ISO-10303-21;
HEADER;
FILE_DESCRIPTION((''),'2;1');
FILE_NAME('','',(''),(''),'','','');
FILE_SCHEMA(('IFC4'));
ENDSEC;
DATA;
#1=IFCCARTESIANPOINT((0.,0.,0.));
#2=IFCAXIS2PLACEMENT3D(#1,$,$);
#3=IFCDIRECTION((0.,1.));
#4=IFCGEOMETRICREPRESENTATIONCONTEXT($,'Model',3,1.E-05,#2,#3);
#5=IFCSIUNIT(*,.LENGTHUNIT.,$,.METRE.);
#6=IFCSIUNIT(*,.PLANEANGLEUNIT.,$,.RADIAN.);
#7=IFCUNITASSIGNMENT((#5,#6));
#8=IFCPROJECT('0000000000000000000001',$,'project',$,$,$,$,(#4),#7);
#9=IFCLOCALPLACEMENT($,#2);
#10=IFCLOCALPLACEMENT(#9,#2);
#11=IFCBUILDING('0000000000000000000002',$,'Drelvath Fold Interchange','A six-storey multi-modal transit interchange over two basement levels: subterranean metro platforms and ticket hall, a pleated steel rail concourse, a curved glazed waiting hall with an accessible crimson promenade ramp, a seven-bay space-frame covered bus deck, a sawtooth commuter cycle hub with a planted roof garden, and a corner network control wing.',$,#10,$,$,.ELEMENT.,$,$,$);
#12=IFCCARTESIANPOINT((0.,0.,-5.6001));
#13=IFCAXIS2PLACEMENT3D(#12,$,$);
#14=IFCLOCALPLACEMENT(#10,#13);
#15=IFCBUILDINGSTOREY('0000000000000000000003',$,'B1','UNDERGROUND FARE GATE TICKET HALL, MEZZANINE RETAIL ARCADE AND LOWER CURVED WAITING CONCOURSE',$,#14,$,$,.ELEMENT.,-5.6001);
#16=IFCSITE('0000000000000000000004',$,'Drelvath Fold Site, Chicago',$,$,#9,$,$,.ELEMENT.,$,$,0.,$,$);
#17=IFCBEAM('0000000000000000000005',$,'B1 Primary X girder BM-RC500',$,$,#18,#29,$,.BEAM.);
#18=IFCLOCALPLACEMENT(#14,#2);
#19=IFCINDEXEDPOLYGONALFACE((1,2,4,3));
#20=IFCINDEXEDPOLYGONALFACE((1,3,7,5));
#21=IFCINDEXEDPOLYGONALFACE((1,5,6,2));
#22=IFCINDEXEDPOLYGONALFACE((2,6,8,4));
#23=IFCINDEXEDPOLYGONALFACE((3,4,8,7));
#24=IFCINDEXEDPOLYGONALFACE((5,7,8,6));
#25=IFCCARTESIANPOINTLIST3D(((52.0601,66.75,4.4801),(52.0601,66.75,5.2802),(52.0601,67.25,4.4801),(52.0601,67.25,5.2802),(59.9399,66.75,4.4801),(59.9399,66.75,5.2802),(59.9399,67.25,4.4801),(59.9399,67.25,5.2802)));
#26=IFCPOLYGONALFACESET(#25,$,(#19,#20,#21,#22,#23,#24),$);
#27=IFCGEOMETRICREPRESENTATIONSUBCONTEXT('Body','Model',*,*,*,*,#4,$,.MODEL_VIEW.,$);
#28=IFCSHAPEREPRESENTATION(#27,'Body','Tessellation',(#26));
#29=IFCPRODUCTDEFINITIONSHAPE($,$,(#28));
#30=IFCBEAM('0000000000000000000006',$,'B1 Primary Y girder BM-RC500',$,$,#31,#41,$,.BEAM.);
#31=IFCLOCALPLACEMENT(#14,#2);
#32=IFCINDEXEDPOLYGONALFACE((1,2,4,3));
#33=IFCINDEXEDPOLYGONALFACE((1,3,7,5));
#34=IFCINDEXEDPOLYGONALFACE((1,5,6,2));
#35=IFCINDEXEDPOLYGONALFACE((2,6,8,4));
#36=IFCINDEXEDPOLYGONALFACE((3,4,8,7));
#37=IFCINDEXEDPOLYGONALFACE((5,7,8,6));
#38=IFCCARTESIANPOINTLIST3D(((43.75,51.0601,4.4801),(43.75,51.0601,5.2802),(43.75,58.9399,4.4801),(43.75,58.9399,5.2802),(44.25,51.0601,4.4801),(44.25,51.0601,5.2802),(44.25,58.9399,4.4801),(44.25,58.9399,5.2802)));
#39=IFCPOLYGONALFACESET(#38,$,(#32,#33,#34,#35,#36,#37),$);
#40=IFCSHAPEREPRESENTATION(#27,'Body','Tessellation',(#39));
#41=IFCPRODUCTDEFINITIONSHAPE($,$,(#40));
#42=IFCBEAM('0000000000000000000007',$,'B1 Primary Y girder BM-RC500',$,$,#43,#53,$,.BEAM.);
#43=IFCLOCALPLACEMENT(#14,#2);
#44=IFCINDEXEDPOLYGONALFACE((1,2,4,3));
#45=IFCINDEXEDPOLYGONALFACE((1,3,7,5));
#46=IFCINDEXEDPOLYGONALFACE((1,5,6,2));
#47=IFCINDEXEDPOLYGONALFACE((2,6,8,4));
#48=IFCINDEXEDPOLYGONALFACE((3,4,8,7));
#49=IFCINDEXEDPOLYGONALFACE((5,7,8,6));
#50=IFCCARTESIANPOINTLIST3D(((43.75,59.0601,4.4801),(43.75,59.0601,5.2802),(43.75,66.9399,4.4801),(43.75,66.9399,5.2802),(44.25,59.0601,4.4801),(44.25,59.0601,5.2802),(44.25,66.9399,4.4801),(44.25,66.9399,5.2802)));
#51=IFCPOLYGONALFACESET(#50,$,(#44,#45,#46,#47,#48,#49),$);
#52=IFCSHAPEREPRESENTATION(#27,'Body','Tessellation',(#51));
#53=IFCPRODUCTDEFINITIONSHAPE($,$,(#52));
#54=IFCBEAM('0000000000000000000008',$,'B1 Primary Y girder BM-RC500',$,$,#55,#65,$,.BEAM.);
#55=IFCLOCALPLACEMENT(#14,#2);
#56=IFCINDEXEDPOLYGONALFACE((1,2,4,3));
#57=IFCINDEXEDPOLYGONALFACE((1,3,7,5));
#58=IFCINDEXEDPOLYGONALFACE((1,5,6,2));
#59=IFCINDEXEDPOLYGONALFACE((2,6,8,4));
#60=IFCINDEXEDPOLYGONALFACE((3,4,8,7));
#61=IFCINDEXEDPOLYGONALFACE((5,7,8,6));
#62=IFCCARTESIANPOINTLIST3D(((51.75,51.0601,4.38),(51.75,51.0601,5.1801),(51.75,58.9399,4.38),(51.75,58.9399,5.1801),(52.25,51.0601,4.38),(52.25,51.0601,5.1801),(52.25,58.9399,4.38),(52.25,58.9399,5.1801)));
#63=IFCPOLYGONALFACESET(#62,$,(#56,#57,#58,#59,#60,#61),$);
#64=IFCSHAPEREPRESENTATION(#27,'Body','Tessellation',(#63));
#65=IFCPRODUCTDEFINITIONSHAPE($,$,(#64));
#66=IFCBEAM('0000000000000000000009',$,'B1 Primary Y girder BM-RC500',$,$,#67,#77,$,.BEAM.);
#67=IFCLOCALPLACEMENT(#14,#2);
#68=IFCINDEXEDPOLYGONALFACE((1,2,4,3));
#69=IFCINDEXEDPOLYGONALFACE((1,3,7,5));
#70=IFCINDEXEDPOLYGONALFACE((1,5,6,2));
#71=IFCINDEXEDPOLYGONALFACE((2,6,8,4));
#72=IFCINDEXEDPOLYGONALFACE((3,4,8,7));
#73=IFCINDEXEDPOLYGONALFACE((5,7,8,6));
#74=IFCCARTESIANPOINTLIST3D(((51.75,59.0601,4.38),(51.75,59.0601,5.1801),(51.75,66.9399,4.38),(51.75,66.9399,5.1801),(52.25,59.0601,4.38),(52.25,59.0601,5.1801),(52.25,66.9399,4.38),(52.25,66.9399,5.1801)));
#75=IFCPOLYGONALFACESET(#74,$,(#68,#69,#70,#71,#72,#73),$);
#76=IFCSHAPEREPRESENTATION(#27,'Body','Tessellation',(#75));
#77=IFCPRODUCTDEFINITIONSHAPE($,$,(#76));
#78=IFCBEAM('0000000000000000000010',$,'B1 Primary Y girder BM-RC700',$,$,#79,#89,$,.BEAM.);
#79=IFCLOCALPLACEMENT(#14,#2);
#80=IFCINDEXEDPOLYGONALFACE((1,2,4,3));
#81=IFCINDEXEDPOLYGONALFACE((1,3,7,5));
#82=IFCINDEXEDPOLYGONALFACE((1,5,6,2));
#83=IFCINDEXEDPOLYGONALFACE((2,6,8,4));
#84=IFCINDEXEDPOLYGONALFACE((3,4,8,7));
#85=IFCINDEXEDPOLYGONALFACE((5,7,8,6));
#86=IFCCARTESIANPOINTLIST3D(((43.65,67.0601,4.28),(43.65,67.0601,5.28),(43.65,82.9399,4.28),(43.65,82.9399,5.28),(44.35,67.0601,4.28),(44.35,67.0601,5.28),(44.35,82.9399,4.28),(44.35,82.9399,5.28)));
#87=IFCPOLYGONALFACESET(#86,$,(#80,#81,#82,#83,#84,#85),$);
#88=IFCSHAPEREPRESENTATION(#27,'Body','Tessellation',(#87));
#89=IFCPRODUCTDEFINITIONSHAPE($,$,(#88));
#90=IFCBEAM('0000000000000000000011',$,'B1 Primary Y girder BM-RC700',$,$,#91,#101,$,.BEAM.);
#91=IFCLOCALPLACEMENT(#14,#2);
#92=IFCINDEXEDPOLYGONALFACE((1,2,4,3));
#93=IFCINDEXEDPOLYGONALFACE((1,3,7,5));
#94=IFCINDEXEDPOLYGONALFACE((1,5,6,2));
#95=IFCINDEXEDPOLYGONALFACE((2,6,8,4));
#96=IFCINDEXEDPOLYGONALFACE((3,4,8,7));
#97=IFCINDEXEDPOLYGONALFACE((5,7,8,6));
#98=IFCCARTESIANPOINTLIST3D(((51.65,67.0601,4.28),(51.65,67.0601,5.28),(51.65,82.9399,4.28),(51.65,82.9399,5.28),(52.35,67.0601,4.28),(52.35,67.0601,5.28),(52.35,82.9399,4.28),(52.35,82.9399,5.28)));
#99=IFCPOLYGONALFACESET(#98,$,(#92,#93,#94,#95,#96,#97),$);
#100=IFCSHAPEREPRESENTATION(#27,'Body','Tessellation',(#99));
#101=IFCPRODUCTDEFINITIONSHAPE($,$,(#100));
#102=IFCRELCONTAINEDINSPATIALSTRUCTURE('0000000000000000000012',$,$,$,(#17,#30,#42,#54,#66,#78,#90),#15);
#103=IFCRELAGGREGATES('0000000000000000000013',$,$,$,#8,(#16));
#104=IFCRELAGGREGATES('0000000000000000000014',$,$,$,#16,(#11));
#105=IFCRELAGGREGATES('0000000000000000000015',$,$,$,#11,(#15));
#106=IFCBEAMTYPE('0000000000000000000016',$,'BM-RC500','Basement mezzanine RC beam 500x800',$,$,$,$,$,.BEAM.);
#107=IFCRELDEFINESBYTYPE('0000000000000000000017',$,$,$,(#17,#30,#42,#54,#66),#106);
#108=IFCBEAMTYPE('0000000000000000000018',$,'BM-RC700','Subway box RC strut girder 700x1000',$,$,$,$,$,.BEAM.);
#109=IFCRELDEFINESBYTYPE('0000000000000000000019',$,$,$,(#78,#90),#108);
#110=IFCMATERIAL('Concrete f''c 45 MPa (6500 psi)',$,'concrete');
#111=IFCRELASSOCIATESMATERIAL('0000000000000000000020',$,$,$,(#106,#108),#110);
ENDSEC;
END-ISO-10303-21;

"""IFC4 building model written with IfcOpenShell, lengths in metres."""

from ifc_helpers import new_model, si_unit, direction, frame, origin, origin_2d, place, context, subcontext, project, spatial, rectangle, extrude, material, material_profile, profile_set, type_object, element, save


model = new_model("IFC4")

# Units and contexts
model_context = context("Model", 3, precision=1e-05, world=origin(), true_north=direction((0.0, 1.0)))
body_context = subcontext(model_context, "Body", "Model", "MODEL_VIEW")
ifc_project = project(units=[si_unit("LENGTHUNIT", "METRE"), si_unit("PLANEANGLEUNIT", "RADIAN")], contexts=[model_context])

# Site, building, storey
site_placement = place(None, origin())
site = spatial("IfcSite", under=ifc_project, at=site_placement, Name="Drelvath Fold Site, Chicago", CompositionType="ELEMENT", RefElevation=0.0)
building_placement = place(site_placement, origin())
building = spatial("IfcBuilding", under=site, at=building_placement, Name="Drelvath Fold Interchange", Description="A six-storey multi-modal transit interchange over two basement levels: subterranean metro platforms and ticket hall, a pleated steel rail concourse, a curved glazed waiting hall with an accessible crimson promenade ramp, a seven-bay space-frame covered bus deck, a sawtooth commuter cycle hub with a planted roof garden, and a corner network control wing.", CompositionType="ELEMENT")
storey_placement = place(building_placement, frame((0.0, 0.0, -5.6001)))
storey = spatial("IfcBuildingStorey", under=building, at=storey_placement, Name="B1", Description="UNDERGROUND FARE GATE TICKET HALL, MEZZANINE RETAIL ARCADE AND LOWER CURVED WAITING CONCOURSE", CompositionType="ELEMENT", Elevation=-5.6001)

# Beams
ifc_material_1 = material(Name="Concrete f'c 45 MPa (6500 psi)", Category="concrete")
ifc_material_profile_1 = material_profile(ifc_material_1, rectangle(XDim=0.5, YDim=0.8, at=origin_2d()), Name="RC 500x800")
ifc_profile_set_1 = profile_set([ifc_material_profile_1], Name="Concrete f'c 45 MPa (6500 psi)")
beam_type_1 = type_object("IfcBeamType", Name="BM-RC500", Description="Basement mezzanine RC beam 500x800", PredefinedType="BEAM", material=ifc_profile_set_1)
for number, where, z_axis, x_axis, name in (
    (1, (52.0601, 67.0, 4.8801), (1.0, 0.0, 0.0), (0.0, 1.0, 0.0), "B1 Primary X girder BM-RC500"),
    (2, (44.0, 51.0601, 4.8801), (0.0, 1.0, 0.0), (-1.0, 0.0, 0.0), "B1 Primary Y girder BM-RC500"),
    (3, (44.0, 59.0601, 4.8801), (0.0, 1.0, 0.0), (-1.0, 0.0, 0.0), "B1 Primary Y girder BM-RC500"),
    (4, (52.0, 51.0601, 4.78), (0.0, 1.0, 0.0), (-1.0, 0.0, 0.0), "B1 Primary Y girder BM-RC500"),
    (5, (52.0, 59.0601, 4.78), (0.0, 1.0, 0.0), (-1.0, 0.0, 0.0), "B1 Primary Y girder BM-RC500"),
):
    element("IfcBeam", number, at=place(storey_placement, frame(where, z_axis=z_axis, x_axis=x_axis)), inside=storey, type_object=beam_type_1, Name=name, PredefinedType="BEAM", context=body_context, shape_type="SweptSolid", body=[
        extrude(rectangle(XDim=0.5, YDim=0.8, at=origin_2d()), origin(), (0.0, 0.0, 1.0), 7.8799),
    ])
ifc_material_profile_2 = material_profile(ifc_material_1, rectangle(XDim=0.7, YDim=1.0, at=origin_2d()), Name="RC 700x1000")
ifc_profile_set_2 = profile_set([ifc_material_profile_2], Name="Concrete f'c 45 MPa (6500 psi)")
beam_type_2 = type_object("IfcBeamType", Name="BM-RC700", Description="Subway box RC strut girder 700x1000", PredefinedType="BEAM", material=ifc_profile_set_2)
for number, where, z_axis, x_axis, name in (
    (6, (44.0, 67.0601, 4.78), (0.0, 1.0, 0.0), (-1.0, 0.0, 0.0), "B1 Primary Y girder BM-RC700"),
    (7, (52.0, 67.0601, 4.78), (0.0, 1.0, 0.0), (-1.0, 0.0, 0.0), "B1 Primary Y girder BM-RC700"),
):
    element("IfcBeam", number, at=place(storey_placement, frame(where, z_axis=z_axis, x_axis=x_axis)), inside=storey, type_object=beam_type_2, Name=name, PredefinedType="BEAM", context=body_context, shape_type="SweptSolid", body=[
        extrude(rectangle(XDim=0.7, YDim=1.0, at=origin_2d()), origin(), (0.0, 0.0, 1.0), 15.8799),
    ])

save(model, "model.ifc")
